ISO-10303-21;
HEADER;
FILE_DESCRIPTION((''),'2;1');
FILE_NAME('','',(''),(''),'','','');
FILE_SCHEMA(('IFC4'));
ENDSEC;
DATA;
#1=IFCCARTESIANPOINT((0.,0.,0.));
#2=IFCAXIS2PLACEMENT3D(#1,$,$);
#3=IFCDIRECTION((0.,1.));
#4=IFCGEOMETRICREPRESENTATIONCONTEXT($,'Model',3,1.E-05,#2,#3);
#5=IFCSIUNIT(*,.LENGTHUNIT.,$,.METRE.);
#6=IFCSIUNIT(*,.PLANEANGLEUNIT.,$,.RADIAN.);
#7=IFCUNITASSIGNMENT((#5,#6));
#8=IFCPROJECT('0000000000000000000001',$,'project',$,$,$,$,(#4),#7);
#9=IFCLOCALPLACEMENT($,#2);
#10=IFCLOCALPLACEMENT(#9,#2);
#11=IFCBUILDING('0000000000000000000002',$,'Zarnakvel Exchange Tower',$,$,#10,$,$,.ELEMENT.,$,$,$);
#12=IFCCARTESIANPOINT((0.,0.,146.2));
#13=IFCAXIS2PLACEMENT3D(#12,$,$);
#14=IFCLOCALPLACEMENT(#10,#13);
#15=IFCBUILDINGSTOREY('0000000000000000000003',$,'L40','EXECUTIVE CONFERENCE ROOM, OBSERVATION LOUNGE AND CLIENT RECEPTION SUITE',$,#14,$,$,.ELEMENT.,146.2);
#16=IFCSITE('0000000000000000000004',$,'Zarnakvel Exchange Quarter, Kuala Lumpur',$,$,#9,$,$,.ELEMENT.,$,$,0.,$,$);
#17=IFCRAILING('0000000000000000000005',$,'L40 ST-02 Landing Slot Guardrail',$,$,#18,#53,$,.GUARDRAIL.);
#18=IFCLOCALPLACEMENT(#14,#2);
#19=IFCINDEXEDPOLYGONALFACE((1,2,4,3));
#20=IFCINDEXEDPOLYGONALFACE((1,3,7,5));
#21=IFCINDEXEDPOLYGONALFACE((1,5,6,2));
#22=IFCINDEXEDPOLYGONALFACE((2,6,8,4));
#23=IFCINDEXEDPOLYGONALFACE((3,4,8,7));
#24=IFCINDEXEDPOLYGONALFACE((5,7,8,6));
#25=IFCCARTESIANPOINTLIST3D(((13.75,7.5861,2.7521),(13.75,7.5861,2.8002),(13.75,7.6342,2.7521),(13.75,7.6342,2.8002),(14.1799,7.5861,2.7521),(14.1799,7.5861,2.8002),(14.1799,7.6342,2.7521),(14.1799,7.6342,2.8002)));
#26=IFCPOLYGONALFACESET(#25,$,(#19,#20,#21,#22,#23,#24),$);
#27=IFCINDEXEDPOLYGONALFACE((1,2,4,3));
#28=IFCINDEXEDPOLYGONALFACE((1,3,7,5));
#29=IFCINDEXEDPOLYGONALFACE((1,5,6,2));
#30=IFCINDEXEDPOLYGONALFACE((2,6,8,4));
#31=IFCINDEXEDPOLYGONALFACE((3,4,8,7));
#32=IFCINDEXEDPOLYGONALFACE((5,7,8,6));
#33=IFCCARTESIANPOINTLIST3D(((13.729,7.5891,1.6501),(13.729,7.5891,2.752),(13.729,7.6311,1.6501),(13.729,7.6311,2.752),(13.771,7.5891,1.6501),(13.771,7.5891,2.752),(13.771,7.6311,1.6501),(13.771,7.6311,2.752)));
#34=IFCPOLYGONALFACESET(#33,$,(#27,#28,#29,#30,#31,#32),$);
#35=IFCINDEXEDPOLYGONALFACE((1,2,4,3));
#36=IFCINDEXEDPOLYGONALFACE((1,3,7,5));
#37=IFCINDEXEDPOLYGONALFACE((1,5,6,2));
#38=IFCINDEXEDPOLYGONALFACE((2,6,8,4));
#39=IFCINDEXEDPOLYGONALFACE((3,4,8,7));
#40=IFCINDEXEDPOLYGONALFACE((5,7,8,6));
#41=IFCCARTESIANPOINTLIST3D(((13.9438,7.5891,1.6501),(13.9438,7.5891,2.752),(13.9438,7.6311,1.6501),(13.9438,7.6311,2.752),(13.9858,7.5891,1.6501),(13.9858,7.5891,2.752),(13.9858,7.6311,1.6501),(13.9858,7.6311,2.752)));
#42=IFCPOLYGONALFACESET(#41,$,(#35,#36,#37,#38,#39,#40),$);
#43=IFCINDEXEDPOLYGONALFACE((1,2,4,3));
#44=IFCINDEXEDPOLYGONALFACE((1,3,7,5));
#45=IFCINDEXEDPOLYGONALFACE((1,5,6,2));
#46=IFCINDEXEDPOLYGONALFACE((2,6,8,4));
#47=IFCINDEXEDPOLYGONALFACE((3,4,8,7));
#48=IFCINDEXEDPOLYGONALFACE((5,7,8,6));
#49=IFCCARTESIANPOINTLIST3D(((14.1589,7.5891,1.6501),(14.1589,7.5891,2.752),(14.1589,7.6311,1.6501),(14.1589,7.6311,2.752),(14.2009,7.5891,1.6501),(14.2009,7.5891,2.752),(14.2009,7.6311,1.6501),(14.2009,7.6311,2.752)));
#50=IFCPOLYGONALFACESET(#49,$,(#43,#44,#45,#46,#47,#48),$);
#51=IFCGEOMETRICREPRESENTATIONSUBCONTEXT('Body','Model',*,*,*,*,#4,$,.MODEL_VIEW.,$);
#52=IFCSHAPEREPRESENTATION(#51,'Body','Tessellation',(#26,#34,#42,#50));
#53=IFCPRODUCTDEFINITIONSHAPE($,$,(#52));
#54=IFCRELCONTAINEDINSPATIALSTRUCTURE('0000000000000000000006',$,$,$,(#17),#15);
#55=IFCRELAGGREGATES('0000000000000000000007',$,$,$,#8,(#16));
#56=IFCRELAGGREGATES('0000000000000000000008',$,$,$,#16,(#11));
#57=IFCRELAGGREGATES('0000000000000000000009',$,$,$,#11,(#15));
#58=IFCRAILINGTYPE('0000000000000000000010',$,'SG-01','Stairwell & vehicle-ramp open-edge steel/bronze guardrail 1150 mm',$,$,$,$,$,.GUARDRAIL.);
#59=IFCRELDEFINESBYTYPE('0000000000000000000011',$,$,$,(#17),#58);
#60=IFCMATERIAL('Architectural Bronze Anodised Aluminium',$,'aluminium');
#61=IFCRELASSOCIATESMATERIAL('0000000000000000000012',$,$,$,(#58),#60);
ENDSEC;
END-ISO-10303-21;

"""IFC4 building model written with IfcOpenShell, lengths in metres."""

from ifc_helpers import new_model, si_unit, direction, frame, origin, origin_2d, place, context, subcontext, project, spatial, rectangle, extrude, material, type_object, element, save


model = new_model("IFC4")

# Units and contexts
model_context = context("Model", 3, precision=1e-05, world=origin(), true_north=direction((0.0, 1.0)))
body_context = subcontext(model_context, "Body", "Model", "MODEL_VIEW")
ifc_project = project(units=[si_unit("LENGTHUNIT", "METRE"), si_unit("PLANEANGLEUNIT", "RADIAN")], contexts=[model_context])

# Site, building, storey
site_placement = place(None, origin())
site = spatial("IfcSite", under=ifc_project, at=site_placement, Name="Zarnakvel Exchange Quarter, Kuala Lumpur", CompositionType="ELEMENT", RefElevation=0.0)
building_placement = place(site_placement, origin())
building = spatial("IfcBuilding", under=site, at=building_placement, Name="Zarnakvel Exchange Tower", CompositionType="ELEMENT")
storey_placement = place(building_placement, frame((0.0, 0.0, 146.2)))
storey = spatial("IfcBuildingStorey", under=building, at=storey_placement, Name="L40", Description="EXECUTIVE CONFERENCE ROOM, OBSERVATION LOUNGE AND CLIENT RECEPTION SUITE", CompositionType="ELEMENT", Elevation=146.2)

# Shared definitions
ifc_material_1 = material(Name="Architectural Bronze Anodised Aluminium", Category="aluminium")

# Railing
railing_type_1 = type_object("IfcRailingType", Name="SG-01", Description="Stairwell & vehicle-ramp open-edge steel/bronze guardrail 1150 mm", PredefinedType="GUARDRAIL", material=ifc_material_1)
railing_1_placement = place(storey_placement, frame((13.75, 7.6101, 1.6501)))
element("IfcRailing", 1, at=railing_1_placement, inside=storey, type_object=railing_type_1, Name="L40 ST-02 Landing Slot Guardrail", PredefinedType="GUARDRAIL", context=body_context, shape_type="SweptSolid", body=[
    extrude(rectangle(XDim=0.0481, YDim=0.0481, at=origin_2d()), frame((0.0, 0.0, 1.126), z_axis=(1.0, 0.0, 0.0), x_axis=(0.0, 1.0, 0.0)), (0.0, 0.0, 1.0), 0.4299),
    extrude(rectangle(XDim=0.042, YDim=0.042, at=origin_2d()), origin(), (0.0, 0.0, 1.0), 1.1018),
    extrude(rectangle(XDim=0.042, YDim=0.042, at=origin_2d()), frame((0.2148, 0.0, 0.0)), (0.0, 0.0, 1.0), 1.1018),
    extrude(rectangle(XDim=0.042, YDim=0.042, at=origin_2d()), frame((0.4299, 0.0, 0.0)), (0.0, 0.0, 1.0), 1.1018),
])

save(model, "model.ifc")
